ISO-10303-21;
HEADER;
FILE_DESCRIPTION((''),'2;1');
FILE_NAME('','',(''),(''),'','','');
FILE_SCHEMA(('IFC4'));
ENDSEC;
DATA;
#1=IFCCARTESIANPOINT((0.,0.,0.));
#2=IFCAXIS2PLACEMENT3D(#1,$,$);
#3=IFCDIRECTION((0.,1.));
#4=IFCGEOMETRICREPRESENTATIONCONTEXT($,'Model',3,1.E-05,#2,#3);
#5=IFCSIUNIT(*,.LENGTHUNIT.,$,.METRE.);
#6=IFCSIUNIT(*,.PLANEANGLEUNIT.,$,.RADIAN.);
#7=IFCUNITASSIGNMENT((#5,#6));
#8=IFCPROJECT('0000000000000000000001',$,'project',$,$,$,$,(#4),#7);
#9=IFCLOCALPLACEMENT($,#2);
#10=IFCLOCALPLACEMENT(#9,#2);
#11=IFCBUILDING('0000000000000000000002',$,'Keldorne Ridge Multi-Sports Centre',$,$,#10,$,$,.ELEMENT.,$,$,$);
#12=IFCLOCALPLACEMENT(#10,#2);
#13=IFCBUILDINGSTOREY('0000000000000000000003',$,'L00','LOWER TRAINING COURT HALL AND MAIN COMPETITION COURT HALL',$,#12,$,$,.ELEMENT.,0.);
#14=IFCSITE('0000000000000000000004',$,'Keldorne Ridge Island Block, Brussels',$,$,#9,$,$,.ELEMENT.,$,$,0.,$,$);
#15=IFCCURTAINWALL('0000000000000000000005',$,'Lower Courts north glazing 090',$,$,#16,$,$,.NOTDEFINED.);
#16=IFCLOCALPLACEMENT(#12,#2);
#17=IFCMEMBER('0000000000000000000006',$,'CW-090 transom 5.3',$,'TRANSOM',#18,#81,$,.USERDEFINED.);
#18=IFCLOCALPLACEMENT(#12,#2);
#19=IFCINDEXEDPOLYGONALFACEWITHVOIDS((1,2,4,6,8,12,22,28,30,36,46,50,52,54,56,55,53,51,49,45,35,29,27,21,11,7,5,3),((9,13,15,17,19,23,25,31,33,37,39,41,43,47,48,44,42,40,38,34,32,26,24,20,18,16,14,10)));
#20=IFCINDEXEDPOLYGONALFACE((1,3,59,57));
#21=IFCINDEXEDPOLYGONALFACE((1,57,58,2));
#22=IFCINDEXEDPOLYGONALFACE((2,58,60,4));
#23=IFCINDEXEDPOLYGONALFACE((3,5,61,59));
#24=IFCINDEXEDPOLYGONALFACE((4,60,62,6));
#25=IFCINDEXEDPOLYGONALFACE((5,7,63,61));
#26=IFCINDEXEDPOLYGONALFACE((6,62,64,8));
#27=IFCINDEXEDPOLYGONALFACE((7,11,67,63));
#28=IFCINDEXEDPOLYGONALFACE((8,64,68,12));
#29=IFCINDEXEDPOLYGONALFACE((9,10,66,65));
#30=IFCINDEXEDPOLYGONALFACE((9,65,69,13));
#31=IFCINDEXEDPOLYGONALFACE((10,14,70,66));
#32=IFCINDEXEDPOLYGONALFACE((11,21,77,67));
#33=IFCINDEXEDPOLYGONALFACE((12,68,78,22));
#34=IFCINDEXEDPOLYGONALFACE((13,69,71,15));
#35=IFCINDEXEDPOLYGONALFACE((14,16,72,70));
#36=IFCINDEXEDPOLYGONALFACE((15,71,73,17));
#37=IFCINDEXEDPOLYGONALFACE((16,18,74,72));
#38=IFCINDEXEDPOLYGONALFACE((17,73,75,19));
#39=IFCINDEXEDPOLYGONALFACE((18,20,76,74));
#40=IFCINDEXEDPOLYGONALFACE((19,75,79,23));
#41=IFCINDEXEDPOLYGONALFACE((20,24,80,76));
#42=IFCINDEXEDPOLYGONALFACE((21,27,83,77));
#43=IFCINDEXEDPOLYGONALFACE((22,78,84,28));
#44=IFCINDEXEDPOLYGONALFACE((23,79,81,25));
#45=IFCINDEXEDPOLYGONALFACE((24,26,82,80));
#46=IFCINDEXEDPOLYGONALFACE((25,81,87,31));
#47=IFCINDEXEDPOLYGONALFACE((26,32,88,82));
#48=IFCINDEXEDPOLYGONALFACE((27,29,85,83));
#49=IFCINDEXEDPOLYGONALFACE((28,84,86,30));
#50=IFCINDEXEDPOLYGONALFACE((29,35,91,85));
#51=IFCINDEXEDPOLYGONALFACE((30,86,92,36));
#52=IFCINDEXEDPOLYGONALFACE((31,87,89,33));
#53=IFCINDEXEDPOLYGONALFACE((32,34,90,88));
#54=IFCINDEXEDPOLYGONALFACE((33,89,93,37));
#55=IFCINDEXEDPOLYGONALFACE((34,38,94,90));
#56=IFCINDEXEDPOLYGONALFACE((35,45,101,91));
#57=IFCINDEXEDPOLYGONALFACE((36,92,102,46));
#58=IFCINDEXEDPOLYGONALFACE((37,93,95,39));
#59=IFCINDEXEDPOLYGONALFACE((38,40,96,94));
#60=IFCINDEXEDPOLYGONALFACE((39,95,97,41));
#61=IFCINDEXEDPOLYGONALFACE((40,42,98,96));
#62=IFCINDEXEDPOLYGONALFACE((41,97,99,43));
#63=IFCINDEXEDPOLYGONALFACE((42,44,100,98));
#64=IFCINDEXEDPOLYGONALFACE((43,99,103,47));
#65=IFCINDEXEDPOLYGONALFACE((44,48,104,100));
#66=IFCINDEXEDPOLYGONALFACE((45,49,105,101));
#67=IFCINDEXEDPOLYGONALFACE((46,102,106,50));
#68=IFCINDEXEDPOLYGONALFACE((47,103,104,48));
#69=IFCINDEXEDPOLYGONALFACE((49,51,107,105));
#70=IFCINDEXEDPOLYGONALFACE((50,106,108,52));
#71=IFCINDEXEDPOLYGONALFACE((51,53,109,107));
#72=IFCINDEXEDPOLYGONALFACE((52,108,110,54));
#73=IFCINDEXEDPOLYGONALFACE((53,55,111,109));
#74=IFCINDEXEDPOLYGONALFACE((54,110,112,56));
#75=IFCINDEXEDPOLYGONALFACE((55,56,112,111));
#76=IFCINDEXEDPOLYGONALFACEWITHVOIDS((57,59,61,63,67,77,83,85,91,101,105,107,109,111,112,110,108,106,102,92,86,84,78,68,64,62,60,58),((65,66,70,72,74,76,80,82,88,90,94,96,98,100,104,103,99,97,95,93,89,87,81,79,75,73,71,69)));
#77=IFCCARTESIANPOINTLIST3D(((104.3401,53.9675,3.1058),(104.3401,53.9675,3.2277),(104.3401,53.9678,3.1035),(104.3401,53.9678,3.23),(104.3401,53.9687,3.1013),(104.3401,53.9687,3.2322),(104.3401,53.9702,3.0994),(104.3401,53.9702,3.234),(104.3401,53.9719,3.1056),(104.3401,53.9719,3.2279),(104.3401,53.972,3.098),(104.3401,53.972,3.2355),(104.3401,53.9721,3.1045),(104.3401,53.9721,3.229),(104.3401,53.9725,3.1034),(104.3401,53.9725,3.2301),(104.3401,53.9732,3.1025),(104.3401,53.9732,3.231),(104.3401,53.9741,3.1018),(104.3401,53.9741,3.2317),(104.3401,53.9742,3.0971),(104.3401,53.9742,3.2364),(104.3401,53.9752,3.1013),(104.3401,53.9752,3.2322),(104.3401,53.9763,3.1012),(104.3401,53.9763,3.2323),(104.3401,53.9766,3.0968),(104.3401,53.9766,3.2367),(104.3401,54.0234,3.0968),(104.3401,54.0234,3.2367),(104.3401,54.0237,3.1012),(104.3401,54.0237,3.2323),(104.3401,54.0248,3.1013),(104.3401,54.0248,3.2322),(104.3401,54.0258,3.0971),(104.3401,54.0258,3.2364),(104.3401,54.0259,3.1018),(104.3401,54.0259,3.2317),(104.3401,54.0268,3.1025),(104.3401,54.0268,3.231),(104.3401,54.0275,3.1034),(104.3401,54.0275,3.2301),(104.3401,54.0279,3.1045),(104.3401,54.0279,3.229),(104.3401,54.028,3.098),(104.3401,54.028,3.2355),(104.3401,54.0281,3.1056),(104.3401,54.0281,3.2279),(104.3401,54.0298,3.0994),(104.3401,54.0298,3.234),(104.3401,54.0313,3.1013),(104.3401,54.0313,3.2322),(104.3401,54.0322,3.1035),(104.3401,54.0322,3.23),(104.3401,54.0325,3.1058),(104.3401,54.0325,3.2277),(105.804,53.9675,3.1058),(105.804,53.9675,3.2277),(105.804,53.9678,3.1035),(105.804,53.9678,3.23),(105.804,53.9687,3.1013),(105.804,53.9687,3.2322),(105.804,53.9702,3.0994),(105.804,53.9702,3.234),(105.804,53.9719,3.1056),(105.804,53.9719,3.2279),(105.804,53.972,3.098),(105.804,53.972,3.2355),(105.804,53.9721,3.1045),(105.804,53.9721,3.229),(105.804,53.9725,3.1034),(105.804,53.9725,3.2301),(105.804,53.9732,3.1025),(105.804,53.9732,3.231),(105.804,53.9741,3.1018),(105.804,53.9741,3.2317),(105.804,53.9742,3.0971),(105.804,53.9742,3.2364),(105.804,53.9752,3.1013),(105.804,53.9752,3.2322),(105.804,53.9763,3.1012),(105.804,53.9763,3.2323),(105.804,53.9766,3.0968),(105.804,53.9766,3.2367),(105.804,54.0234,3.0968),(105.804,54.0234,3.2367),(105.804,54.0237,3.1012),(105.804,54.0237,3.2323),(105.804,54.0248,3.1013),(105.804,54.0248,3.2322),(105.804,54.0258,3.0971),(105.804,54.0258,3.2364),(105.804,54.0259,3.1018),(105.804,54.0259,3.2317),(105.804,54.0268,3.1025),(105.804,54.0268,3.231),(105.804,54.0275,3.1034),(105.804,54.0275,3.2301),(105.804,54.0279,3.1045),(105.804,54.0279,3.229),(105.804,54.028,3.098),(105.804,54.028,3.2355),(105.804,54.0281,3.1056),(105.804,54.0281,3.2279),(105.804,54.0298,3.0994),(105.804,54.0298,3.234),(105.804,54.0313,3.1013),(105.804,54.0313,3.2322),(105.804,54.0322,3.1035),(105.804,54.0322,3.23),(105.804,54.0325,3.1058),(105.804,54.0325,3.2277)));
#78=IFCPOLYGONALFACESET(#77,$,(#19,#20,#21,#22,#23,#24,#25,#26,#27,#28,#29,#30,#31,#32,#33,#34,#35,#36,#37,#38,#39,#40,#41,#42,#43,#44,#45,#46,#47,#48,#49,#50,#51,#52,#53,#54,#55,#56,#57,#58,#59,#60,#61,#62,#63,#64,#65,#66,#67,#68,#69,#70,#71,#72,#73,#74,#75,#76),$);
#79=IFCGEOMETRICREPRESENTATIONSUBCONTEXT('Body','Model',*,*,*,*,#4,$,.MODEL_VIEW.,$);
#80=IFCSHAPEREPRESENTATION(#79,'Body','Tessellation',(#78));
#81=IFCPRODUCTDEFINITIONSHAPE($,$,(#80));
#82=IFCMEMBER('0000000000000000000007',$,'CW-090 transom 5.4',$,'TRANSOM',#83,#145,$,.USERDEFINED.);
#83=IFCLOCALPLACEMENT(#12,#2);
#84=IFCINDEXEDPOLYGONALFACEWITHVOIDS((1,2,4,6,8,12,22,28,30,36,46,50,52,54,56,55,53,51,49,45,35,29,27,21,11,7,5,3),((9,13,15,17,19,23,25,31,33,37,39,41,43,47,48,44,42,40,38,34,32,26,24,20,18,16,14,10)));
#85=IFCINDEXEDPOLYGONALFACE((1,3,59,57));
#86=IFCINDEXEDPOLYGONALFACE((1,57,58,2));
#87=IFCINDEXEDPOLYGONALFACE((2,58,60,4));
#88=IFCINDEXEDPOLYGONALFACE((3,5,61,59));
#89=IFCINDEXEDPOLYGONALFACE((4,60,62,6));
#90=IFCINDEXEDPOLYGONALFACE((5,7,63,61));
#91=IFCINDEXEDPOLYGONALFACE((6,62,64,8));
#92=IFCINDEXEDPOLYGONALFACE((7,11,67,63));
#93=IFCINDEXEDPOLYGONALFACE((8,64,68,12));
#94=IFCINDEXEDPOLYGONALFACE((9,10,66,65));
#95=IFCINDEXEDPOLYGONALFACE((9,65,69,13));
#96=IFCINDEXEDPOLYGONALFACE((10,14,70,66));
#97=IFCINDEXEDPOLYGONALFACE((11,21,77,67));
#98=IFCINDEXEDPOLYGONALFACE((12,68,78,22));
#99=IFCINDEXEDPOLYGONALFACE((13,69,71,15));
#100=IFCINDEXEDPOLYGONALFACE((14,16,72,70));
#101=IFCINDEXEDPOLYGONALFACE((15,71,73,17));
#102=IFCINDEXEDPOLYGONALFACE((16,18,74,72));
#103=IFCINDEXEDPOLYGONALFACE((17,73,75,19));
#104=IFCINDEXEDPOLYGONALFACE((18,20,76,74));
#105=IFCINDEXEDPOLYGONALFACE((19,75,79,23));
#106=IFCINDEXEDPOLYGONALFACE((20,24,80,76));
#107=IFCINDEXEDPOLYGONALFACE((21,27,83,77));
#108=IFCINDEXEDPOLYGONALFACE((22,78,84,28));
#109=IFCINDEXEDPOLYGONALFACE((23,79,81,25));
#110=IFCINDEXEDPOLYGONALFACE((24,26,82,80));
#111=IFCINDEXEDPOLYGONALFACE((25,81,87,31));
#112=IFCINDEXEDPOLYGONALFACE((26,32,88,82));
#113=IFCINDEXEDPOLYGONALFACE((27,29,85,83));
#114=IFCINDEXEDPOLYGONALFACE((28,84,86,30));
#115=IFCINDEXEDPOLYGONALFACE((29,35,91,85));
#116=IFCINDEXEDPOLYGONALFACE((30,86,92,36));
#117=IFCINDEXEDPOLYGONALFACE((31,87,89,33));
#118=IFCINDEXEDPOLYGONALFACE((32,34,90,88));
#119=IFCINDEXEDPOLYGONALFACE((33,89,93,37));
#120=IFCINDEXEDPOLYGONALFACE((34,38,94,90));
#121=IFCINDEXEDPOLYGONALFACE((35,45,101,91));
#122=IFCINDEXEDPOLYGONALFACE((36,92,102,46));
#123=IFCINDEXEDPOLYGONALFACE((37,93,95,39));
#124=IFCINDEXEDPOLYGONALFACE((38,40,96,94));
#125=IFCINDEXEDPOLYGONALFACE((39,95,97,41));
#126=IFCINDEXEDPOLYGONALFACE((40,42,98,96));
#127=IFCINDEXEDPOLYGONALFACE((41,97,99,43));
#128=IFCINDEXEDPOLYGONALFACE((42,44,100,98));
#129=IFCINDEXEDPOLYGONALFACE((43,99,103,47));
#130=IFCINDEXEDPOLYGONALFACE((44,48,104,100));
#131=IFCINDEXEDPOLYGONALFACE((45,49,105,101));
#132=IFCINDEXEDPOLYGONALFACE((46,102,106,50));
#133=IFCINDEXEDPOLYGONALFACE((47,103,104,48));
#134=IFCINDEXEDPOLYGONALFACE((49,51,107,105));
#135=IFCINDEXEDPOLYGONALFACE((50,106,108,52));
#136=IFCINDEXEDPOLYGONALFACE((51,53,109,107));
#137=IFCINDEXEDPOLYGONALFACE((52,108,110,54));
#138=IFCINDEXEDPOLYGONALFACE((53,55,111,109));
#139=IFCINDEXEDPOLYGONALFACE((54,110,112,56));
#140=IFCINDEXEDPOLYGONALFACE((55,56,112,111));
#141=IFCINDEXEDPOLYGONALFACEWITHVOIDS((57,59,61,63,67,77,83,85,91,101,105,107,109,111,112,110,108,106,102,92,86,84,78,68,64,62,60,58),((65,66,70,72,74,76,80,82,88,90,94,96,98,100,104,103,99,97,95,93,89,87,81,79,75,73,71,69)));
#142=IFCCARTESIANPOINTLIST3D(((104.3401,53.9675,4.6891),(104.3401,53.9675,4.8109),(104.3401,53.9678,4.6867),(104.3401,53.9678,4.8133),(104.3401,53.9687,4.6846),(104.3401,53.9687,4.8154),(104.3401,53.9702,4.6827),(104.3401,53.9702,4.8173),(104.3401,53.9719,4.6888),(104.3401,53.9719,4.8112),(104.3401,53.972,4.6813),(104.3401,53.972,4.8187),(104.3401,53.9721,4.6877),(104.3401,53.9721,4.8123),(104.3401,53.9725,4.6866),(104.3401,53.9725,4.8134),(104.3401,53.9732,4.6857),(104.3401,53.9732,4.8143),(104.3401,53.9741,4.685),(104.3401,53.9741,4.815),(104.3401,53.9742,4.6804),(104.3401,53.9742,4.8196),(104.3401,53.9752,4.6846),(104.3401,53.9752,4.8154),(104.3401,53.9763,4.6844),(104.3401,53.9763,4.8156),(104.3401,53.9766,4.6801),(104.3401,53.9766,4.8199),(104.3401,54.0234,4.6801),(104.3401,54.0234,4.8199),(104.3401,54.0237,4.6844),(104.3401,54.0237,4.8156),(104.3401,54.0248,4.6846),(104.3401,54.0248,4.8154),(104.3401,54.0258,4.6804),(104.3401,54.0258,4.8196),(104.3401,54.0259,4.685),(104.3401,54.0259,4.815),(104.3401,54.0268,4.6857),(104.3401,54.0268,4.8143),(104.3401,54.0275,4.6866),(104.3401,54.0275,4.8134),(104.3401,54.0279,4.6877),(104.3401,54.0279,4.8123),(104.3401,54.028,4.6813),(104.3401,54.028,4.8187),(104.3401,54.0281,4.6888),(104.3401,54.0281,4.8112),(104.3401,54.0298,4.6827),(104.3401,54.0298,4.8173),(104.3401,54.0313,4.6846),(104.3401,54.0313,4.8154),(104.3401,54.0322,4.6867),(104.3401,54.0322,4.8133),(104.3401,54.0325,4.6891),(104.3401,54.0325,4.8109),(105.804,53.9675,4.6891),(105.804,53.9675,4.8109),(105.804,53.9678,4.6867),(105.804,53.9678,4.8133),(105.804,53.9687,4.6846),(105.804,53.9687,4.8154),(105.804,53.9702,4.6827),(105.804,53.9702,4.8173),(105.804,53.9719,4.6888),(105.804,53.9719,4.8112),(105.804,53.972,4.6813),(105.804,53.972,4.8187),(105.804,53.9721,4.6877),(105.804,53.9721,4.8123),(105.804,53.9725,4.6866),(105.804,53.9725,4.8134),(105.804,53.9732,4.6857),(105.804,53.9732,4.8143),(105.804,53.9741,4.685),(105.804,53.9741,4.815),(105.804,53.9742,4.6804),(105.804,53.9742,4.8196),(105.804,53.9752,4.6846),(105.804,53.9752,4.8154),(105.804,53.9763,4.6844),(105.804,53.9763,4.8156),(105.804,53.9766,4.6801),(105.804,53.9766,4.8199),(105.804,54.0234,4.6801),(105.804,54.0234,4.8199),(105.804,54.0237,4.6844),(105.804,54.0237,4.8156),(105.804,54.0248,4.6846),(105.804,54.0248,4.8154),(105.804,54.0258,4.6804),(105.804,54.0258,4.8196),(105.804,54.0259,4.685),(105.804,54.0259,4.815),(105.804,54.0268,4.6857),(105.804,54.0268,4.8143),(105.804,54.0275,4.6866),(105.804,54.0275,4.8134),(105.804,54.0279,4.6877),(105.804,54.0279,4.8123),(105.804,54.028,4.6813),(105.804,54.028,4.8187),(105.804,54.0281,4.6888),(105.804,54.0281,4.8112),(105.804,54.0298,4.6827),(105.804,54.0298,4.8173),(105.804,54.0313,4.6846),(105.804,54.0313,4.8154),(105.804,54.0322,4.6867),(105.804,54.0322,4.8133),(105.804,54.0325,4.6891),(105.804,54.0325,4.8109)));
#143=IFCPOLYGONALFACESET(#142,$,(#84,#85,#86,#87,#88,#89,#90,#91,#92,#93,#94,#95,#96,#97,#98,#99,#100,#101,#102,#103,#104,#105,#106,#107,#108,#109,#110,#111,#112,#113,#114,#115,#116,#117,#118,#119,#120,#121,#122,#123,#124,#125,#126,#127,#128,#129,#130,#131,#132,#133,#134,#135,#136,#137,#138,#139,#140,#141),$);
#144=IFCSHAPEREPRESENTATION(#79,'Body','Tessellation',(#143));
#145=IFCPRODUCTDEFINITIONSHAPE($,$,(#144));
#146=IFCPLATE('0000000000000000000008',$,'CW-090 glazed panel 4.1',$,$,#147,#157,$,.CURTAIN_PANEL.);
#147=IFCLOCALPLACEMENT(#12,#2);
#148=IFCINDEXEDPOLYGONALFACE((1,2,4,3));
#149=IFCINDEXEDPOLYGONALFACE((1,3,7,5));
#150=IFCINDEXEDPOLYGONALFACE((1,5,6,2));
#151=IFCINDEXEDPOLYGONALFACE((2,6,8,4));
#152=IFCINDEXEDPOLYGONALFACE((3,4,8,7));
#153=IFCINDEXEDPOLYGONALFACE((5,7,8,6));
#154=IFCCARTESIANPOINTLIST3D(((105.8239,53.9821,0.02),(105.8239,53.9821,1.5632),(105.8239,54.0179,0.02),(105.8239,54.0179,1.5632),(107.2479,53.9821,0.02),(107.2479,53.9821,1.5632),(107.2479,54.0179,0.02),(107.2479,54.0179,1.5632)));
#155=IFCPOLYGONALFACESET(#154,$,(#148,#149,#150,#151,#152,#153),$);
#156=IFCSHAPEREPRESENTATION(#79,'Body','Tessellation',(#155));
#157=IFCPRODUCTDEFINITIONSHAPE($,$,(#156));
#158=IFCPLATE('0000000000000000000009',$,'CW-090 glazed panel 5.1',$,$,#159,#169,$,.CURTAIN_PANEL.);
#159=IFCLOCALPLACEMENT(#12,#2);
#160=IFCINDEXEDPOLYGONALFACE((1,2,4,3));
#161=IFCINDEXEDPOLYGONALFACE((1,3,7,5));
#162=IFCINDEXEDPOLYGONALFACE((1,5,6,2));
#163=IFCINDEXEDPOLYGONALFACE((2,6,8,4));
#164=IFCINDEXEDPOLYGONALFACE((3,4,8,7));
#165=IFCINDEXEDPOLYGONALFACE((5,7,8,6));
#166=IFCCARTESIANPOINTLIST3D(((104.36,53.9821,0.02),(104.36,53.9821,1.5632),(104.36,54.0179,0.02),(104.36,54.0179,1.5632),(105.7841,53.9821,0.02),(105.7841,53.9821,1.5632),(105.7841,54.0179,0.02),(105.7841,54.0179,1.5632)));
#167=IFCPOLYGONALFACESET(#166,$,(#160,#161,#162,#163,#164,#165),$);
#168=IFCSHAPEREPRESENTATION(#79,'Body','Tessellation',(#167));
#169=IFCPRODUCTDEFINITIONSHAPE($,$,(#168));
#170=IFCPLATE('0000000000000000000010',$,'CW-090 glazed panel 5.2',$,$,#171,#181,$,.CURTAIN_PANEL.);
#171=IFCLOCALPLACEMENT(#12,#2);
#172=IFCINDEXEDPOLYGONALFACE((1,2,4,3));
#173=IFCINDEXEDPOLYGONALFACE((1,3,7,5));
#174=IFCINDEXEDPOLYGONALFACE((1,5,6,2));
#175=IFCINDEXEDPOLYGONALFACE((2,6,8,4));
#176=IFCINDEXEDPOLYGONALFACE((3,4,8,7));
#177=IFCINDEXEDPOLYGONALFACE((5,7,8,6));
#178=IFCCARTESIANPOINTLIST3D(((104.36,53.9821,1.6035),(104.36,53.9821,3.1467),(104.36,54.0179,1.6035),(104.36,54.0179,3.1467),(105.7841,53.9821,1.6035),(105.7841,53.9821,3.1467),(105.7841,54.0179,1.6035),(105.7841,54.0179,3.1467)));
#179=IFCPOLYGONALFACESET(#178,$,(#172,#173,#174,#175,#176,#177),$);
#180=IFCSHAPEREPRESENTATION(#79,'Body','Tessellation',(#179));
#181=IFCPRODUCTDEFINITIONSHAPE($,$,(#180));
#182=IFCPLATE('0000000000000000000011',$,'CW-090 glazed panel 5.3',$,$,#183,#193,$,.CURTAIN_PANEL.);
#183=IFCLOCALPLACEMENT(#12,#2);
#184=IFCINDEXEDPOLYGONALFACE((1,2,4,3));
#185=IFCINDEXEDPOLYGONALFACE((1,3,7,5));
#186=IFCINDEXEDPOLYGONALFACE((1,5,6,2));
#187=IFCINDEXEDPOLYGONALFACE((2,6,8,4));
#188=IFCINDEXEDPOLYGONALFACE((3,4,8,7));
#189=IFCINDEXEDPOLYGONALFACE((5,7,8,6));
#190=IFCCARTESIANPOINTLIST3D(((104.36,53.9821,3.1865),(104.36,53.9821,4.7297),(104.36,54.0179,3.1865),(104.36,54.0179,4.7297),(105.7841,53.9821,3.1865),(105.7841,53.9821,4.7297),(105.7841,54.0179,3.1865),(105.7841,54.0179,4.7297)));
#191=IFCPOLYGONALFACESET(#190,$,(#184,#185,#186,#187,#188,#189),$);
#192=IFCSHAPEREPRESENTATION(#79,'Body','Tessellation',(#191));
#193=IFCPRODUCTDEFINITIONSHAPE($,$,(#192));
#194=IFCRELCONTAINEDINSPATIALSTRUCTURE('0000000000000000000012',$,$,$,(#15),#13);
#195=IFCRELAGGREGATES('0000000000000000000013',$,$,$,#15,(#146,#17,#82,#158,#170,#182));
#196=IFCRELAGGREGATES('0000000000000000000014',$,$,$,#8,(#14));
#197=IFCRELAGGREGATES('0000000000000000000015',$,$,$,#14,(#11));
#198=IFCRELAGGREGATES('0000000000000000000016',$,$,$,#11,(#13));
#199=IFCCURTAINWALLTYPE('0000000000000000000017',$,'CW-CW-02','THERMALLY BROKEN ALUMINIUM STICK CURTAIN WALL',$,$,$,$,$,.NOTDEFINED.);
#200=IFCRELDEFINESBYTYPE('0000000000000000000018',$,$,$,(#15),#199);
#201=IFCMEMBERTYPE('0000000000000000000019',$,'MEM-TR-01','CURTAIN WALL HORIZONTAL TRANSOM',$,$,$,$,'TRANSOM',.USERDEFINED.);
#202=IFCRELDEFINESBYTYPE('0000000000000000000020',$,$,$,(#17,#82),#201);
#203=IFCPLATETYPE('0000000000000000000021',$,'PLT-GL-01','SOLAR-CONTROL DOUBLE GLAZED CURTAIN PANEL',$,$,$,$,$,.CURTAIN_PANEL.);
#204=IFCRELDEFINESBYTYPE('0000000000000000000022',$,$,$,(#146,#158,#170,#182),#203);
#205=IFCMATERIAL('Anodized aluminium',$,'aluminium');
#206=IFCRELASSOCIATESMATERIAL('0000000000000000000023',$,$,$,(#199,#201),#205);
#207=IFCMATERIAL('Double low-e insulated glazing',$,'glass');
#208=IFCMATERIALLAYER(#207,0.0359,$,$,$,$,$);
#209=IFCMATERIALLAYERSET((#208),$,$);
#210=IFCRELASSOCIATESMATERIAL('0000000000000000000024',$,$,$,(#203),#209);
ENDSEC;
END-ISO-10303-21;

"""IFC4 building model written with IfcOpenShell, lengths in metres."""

from ifc_helpers import new_model, si_unit, direction, frame, origin, origin_2d, place, context, subcontext, project, spatial, rectangle, hollow_rectangle, extrude, material, layer, layer_set, material_profile, profile_set, type_object, element, aggregate, save


model = new_model("IFC4")

# Units and contexts
model_context = context("Model", 3, precision=1e-05, world=origin(), true_north=direction((0.0, 1.0)))
body_context = subcontext(model_context, "Body", "Model", "MODEL_VIEW")
ifc_project = project(units=[si_unit("LENGTHUNIT", "METRE"), si_unit("PLANEANGLEUNIT", "RADIAN")], contexts=[model_context])

# Site, building, storey
site_placement = place(None, origin())
site = spatial("IfcSite", under=ifc_project, at=site_placement, Name="Keldorne Ridge Island Block, Brussels", CompositionType="ELEMENT", RefElevation=0.0)
building_placement = place(site_placement, origin())
building = spatial("IfcBuilding", under=site, at=building_placement, Name="Keldorne Ridge Multi-Sports Centre", CompositionType="ELEMENT")
storey_placement = place(building_placement, origin())
storey = spatial("IfcBuildingStorey", under=building, at=storey_placement, Name="L00", Description="LOWER TRAINING COURT HALL AND MAIN COMPETITION COURT HALL", CompositionType="ELEMENT", Elevation=0.0)

# Curtain wall, members, plates
ifc_material_1 = material(Name="Anodized aluminium", Category="aluminium")
curtain_wall_type = type_object("IfcCurtainWallType", Name="CW-CW-02", Description="THERMALLY BROKEN ALUMINIUM STICK CURTAIN WALL", PredefinedType="NOTDEFINED", material=ifc_material_1)
curtain_wall_placement = place(storey_placement, origin())
curtain_wall = element("IfcCurtainWall", 1, at=curtain_wall_placement, inside=storey, type_object=curtain_wall_type, Name="Lower Courts north glazing 090", PredefinedType="NOTDEFINED")
ifc_material_profile_1 = material_profile(ifc_material_1, hollow_rectangle(XDim=0.0649, YDim=0.1399, WallThickness=0.0044, InnerFilletRadius=0.0044, OuterFilletRadius=0.009, at=origin_2d()), Name="ALU TRANSOM 140x65x4.5")
ifc_profile_set_1 = profile_set([ifc_material_profile_1], Name="Anodized aluminium")
member_type_1 = type_object("IfcMemberType", Name="MEM-TR-01", Description="CURTAIN WALL HORIZONTAL TRANSOM", ElementType="TRANSOM", PredefinedType="USERDEFINED", material=ifc_profile_set_1)
member_1_placement = place(storey_placement, frame((105.804, 54.0, 3.1667), z_axis=(-1.0, 0.0, 0.0), x_axis=(0.0, -1.0, 0.0)))
member_1 = element("IfcMember", 2, at=member_1_placement, type_object=member_type_1, Name="CW-090 transom 5.3", ObjectType="TRANSOM", PredefinedType="USERDEFINED", context=body_context, shape_type="SweptSolid", body=[
    extrude(hollow_rectangle(XDim=0.0649, YDim=0.1399, WallThickness=0.0044, InnerFilletRadius=0.0044, OuterFilletRadius=0.009, at=origin_2d()), origin(), (0.0, 0.0, 1.0), 1.4639),
])
member_2_placement = place(storey_placement, frame((105.804, 54.0, 4.75), z_axis=(-1.0, 0.0, 0.0), x_axis=(0.0, -1.0, 0.0)))
member_2 = element("IfcMember", 3, at=member_2_placement, type_object=member_type_1, Name="CW-090 transom 5.4", ObjectType="TRANSOM", PredefinedType="USERDEFINED", context=body_context, shape_type="SweptSolid", body=[
    extrude(hollow_rectangle(XDim=0.0649, YDim=0.1399, WallThickness=0.0044, InnerFilletRadius=0.0044, OuterFilletRadius=0.009, at=origin_2d()), origin(), (0.0, 0.0, 1.0), 1.4639),
])
ifc_material_2 = material(Name="Double low-e insulated glazing", Category="glass")
ifc_layer_1 = layer(ifc_material_2, 0.0359)
ifc_layer_set_1 = layer_set([ifc_layer_1])
plate_type_1 = type_object("IfcPlateType", Name="PLT-GL-01", Description="SOLAR-CONTROL DOUBLE GLAZED CURTAIN PANEL", PredefinedType="CURTAIN_PANEL", material=ifc_layer_set_1)
plate_1_placement = place(storey_placement, frame((106.5359, 54.0, 0.02), z_axis=(0.0, 0.0, 1.0), x_axis=(-1.0, 0.0, 0.0)))
plate_1 = element("IfcPlate", 4, at=plate_1_placement, type_object=plate_type_1, Name="CW-090 glazed panel 4.1", PredefinedType="CURTAIN_PANEL", context=body_context, shape_type="SweptSolid", body=[
    extrude(rectangle(XDim=1.4241, YDim=0.0359, at=origin_2d()), origin(), (0.0, 0.0, 1.0), 1.5432),
])
plate_2_placement = place(storey_placement, frame((105.072, 54.0, 0.02), z_axis=(0.0, 0.0, 1.0), x_axis=(-1.0, 0.0, 0.0)))
plate_2 = element("IfcPlate", 5, at=plate_2_placement, type_object=plate_type_1, Name="CW-090 glazed panel 5.1", PredefinedType="CURTAIN_PANEL", context=body_context, shape_type="SweptSolid", body=[
    extrude(rectangle(XDim=1.4241, YDim=0.0359, at=origin_2d()), origin(), (0.0, 0.0, 1.0), 1.5432),
])
plate_3_placement = place(storey_placement, frame((105.072, 54.0, 1.6035), z_axis=(0.0, 0.0, 1.0), x_axis=(-1.0, 0.0, 0.0)))
plate_3 = element("IfcPlate", 6, at=plate_3_placement, type_object=plate_type_1, Name="CW-090 glazed panel 5.2", PredefinedType="CURTAIN_PANEL", context=body_context, shape_type="SweptSolid", body=[
    extrude(rectangle(XDim=1.4241, YDim=0.0359, at=origin_2d()), origin(), (0.0, 0.0, 1.0), 1.5432),
])
plate_4_placement = place(storey_placement, frame((105.072, 54.0, 3.1865), z_axis=(0.0, 0.0, 1.0), x_axis=(-1.0, 0.0, 0.0)))
plate_4 = element("IfcPlate", 7, at=plate_4_placement, type_object=plate_type_1, Name="CW-090 glazed panel 5.3", PredefinedType="CURTAIN_PANEL", context=body_context, shape_type="SweptSolid", body=[
    extrude(rectangle(XDim=1.4241, YDim=0.0359, at=origin_2d()), origin(), (0.0, 0.0, 1.0), 1.5432),
])
aggregate(curtain_wall, [plate_1, member_1, member_2, plate_2, plate_3, plate_4])

save(model, "model.ifc")
